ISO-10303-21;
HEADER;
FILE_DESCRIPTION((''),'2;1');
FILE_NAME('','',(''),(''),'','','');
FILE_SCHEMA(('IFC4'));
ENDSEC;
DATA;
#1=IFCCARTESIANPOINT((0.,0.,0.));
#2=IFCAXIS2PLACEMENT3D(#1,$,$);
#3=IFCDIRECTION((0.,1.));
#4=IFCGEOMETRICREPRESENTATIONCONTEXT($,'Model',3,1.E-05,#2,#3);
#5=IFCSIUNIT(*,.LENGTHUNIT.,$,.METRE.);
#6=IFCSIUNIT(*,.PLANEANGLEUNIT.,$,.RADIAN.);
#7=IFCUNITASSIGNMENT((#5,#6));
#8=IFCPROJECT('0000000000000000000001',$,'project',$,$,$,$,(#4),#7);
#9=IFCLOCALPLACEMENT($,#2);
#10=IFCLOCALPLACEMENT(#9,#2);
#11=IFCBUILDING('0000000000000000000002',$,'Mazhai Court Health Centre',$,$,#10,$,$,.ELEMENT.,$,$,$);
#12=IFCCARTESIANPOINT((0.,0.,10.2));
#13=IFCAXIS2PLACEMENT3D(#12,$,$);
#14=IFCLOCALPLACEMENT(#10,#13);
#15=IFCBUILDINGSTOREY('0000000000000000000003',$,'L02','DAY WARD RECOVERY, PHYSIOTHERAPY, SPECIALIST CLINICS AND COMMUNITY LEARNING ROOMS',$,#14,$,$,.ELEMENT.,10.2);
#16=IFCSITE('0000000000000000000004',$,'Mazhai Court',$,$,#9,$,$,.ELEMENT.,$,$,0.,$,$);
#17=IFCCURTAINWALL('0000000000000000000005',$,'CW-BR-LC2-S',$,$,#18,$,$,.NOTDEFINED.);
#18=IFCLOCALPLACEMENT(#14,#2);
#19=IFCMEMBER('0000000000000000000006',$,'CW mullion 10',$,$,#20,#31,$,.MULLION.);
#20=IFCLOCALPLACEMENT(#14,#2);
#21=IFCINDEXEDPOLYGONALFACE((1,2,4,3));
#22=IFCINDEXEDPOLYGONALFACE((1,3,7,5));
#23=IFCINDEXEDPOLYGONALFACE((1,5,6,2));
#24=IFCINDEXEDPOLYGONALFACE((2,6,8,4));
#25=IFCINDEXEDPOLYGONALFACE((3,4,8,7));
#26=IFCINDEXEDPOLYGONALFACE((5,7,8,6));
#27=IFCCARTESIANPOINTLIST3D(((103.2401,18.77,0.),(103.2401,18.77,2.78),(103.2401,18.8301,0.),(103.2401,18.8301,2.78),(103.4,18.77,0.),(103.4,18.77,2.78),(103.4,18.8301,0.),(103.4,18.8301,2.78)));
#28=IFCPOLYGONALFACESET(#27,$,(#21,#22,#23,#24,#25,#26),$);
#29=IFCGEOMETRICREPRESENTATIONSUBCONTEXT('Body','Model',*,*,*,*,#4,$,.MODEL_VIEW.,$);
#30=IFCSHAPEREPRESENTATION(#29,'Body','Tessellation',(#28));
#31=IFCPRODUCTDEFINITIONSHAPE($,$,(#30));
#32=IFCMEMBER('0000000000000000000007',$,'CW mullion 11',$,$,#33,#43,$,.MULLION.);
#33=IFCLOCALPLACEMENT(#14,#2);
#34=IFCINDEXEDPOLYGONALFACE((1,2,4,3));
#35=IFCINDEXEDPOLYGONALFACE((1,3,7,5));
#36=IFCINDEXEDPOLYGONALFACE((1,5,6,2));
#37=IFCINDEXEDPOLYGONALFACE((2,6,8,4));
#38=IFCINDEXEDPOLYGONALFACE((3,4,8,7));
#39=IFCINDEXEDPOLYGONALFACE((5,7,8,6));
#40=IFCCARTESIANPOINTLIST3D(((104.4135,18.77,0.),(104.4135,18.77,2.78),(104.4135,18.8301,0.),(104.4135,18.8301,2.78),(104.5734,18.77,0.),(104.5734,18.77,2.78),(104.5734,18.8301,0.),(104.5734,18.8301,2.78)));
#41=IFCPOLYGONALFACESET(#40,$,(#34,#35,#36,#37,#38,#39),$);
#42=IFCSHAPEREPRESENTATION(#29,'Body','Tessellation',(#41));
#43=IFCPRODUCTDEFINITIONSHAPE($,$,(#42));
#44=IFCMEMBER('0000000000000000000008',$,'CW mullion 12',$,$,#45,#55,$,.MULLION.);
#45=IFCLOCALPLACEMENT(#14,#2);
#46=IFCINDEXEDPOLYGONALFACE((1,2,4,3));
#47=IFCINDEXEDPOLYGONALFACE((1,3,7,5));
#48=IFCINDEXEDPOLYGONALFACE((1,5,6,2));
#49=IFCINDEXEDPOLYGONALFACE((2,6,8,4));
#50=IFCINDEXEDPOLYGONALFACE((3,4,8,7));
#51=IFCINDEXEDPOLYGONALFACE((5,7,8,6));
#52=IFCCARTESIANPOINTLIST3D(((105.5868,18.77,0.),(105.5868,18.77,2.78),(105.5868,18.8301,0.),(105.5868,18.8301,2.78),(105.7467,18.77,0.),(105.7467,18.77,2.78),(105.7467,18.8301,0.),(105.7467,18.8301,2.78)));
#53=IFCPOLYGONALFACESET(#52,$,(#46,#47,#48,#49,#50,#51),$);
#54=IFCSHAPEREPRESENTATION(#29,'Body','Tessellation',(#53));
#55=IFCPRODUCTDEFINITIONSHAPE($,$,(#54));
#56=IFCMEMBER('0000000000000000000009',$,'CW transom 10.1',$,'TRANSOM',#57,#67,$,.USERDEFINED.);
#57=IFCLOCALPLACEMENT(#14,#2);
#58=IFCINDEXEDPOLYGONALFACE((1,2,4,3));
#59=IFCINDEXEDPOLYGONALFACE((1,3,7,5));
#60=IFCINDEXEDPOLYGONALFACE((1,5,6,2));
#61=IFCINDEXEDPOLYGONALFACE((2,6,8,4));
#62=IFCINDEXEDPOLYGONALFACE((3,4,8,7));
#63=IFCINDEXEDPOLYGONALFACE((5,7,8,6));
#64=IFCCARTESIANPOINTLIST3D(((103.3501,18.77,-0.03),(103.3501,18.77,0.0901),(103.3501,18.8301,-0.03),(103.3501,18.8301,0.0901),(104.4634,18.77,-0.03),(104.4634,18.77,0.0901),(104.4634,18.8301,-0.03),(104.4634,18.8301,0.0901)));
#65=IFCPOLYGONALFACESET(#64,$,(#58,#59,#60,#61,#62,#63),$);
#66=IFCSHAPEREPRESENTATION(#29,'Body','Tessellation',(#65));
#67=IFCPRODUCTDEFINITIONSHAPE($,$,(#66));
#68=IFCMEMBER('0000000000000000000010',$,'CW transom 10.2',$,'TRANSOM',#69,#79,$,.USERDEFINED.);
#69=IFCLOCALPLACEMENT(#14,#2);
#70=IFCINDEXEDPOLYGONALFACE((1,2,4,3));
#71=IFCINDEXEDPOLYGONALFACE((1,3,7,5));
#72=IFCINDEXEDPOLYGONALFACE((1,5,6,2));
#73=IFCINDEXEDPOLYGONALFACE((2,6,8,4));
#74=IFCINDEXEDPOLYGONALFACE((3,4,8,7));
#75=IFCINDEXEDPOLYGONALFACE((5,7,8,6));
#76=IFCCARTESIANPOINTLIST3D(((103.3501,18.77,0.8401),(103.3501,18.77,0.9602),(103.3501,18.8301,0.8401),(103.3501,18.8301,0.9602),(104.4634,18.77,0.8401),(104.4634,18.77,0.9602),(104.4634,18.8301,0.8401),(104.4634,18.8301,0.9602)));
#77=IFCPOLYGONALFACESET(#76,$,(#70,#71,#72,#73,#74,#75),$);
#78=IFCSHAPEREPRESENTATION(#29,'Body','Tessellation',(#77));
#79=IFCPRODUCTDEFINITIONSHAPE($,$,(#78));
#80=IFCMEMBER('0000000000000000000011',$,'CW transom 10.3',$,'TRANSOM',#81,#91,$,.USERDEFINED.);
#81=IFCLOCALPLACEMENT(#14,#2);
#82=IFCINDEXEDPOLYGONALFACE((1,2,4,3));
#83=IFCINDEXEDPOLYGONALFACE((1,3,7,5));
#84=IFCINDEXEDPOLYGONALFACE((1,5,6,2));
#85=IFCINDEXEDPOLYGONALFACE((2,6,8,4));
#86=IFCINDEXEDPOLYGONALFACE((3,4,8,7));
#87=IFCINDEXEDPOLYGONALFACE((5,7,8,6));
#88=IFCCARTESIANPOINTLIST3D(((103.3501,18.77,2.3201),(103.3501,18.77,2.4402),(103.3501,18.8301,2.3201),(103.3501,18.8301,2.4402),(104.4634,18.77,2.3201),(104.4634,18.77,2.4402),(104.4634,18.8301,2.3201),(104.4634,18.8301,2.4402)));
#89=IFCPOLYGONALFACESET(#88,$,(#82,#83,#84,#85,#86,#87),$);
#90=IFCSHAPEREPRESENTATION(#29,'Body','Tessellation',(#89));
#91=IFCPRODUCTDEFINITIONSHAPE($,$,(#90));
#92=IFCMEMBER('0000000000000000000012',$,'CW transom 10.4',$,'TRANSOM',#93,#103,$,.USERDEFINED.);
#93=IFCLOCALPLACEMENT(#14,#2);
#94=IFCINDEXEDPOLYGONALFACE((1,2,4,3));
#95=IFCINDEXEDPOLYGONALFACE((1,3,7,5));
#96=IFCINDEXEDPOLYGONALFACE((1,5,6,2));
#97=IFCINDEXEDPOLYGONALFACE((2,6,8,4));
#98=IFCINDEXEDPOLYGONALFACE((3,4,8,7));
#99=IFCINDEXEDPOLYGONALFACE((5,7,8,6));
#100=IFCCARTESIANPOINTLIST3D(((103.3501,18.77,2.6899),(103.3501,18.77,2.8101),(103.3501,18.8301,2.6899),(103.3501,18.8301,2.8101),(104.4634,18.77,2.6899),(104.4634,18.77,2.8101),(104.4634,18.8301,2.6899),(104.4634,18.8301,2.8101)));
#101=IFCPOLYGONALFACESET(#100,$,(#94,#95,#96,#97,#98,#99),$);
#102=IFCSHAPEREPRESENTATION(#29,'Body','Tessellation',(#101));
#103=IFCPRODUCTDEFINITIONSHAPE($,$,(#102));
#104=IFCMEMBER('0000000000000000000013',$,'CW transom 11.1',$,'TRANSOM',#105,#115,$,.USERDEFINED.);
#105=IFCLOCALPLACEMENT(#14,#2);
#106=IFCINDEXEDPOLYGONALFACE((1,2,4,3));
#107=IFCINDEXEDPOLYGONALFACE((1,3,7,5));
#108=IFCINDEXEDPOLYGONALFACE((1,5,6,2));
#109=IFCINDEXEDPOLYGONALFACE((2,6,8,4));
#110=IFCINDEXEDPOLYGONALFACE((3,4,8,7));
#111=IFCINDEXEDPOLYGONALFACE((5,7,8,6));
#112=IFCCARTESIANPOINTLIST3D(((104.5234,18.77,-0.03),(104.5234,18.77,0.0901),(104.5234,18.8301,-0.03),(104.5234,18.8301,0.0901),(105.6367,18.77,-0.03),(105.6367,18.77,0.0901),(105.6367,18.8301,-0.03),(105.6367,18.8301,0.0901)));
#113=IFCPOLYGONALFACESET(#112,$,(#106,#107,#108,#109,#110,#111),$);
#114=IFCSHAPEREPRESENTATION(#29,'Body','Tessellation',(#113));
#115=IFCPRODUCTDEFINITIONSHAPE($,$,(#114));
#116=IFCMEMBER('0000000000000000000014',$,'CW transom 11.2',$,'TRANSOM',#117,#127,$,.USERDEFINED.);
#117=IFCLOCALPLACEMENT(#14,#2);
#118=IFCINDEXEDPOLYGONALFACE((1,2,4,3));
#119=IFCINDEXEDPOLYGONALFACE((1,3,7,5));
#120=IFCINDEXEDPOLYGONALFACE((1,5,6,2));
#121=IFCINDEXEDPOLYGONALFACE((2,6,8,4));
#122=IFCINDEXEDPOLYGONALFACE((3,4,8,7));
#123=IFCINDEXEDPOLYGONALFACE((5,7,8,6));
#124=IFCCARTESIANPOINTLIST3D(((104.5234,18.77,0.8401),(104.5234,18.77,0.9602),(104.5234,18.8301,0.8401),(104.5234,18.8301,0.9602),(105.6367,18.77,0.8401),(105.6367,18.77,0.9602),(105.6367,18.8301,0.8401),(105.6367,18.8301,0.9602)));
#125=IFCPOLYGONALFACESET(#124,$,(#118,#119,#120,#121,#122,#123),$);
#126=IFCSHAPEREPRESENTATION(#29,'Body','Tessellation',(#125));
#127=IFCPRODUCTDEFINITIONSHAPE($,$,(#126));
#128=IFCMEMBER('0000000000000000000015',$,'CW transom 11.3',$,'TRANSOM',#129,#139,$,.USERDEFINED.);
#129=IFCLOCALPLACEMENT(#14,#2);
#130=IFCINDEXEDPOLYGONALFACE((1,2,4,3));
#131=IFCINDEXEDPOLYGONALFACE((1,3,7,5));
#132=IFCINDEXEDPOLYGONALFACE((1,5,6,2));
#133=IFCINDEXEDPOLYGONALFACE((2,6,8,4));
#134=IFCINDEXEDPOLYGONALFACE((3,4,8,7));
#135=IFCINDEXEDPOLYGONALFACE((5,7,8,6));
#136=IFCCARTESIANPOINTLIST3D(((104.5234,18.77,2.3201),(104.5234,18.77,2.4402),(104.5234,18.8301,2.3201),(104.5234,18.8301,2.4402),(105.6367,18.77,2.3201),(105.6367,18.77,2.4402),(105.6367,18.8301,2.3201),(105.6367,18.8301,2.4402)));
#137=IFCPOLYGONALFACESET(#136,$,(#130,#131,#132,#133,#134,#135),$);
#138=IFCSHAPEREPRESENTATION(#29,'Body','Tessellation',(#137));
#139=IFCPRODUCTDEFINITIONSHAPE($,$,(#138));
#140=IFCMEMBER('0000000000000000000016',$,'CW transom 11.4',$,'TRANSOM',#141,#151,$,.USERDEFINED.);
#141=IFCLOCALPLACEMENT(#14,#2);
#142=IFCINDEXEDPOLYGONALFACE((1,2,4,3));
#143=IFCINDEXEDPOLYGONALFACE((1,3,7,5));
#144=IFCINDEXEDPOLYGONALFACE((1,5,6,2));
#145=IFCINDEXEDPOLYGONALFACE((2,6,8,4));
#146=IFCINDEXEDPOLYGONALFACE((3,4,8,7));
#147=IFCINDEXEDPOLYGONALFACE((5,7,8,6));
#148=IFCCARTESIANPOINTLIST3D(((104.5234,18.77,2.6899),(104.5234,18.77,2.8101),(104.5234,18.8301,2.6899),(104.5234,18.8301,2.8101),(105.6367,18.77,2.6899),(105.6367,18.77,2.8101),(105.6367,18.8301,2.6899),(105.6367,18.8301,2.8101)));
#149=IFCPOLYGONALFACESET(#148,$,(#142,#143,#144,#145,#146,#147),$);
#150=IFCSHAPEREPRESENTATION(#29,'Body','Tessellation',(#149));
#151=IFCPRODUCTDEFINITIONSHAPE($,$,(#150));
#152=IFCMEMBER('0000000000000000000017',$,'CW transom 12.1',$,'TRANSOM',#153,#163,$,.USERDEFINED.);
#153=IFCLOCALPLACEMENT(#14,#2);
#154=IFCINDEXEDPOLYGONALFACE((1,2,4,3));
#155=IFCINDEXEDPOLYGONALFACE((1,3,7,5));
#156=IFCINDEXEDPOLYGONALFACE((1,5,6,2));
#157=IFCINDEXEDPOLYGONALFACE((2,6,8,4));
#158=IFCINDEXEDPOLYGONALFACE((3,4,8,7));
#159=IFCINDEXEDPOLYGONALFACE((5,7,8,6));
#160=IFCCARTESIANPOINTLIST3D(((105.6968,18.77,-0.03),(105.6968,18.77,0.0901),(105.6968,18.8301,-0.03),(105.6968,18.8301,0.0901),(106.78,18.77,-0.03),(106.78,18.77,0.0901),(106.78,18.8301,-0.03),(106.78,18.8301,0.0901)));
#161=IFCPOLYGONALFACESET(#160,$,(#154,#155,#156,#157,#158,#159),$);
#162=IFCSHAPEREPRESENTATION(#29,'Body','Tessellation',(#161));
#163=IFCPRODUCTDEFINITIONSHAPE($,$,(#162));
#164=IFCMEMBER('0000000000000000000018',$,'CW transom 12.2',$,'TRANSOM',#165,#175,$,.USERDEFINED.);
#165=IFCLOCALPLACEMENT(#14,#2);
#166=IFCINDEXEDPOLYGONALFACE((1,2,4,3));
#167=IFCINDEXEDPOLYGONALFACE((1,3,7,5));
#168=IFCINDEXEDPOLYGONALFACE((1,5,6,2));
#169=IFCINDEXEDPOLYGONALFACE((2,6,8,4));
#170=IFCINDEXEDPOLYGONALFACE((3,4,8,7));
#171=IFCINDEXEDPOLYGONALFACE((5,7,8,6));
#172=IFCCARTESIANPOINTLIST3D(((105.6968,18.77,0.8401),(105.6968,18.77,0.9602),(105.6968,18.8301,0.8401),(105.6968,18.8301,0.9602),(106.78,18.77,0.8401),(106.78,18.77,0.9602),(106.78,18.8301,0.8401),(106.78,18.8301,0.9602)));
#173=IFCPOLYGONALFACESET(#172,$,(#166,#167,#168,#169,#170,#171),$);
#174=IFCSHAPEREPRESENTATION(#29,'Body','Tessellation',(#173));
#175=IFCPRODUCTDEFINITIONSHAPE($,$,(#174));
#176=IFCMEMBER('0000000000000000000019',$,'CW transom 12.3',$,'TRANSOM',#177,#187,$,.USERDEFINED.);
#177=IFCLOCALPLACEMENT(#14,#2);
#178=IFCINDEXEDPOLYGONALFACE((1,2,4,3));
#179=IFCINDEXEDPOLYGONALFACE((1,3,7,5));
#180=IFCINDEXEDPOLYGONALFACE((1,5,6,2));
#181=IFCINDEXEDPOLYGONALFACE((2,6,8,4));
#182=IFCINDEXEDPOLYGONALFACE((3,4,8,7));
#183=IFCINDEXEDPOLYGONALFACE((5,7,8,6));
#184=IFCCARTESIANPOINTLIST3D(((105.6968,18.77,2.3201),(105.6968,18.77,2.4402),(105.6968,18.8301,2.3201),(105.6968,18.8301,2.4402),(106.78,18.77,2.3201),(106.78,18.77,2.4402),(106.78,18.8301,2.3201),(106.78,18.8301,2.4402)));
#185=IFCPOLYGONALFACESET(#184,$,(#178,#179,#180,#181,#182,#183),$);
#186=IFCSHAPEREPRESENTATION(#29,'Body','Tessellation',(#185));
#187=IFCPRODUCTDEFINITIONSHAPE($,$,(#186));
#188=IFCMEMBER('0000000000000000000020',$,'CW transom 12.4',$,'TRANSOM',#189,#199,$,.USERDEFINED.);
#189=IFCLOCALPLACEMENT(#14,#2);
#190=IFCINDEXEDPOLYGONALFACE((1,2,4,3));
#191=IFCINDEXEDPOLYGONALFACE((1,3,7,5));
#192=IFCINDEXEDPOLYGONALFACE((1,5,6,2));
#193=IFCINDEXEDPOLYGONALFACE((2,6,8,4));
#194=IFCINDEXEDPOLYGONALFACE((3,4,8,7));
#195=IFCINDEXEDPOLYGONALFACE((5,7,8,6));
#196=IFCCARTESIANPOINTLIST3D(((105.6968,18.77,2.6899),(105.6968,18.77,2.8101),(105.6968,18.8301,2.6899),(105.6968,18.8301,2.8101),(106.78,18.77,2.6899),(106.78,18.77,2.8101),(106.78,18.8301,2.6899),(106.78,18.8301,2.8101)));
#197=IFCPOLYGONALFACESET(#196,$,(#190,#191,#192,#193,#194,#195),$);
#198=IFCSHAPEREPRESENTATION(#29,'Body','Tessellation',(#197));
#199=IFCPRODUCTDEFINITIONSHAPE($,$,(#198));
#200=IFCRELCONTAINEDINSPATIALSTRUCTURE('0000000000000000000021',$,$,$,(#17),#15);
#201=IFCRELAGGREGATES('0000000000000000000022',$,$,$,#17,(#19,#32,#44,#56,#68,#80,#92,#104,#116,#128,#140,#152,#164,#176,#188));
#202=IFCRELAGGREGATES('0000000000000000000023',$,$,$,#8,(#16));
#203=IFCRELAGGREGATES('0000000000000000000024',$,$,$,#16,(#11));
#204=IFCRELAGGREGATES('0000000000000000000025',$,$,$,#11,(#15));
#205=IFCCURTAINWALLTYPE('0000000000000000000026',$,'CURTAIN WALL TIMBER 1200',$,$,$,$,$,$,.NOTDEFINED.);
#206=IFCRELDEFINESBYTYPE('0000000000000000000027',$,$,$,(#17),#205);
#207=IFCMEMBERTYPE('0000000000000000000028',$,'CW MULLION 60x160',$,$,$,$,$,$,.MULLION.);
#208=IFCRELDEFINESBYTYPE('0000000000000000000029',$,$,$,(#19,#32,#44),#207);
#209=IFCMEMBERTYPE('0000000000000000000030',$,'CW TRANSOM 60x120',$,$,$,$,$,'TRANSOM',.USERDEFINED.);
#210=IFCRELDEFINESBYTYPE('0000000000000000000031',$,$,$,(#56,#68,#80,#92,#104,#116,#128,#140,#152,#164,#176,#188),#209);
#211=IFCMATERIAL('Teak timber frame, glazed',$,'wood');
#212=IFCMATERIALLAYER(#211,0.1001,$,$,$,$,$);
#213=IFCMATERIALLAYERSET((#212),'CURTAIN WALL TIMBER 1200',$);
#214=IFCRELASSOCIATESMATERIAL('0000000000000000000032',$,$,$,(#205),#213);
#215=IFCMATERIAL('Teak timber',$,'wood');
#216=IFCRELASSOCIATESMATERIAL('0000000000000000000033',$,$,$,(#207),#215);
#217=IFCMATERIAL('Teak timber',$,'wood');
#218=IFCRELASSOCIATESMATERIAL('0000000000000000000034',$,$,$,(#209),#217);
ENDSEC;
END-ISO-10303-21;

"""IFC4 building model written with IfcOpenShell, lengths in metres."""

from ifc_helpers import new_model, si_unit, direction, frame, origin, origin_2d, place, context, subcontext, project, spatial, rectangle, extrude, material, layer, layer_set, material_profile, profile_set, type_object, element, aggregate, save


model = new_model("IFC4")

# Units and contexts
model_context = context("Model", 3, precision=1e-05, world=origin(), true_north=direction((0.0, 1.0)))
body_context = subcontext(model_context, "Body", "Model", "MODEL_VIEW")
ifc_project = project(units=[si_unit("LENGTHUNIT", "METRE"), si_unit("PLANEANGLEUNIT", "RADIAN")], contexts=[model_context])

# Site, building, storey
site_placement = place(None, origin())
site = spatial("IfcSite", under=ifc_project, at=site_placement, Name="Mazhai Court", CompositionType="ELEMENT", RefElevation=0.0)
building_placement = place(site_placement, origin())
building = spatial("IfcBuilding", under=site, at=building_placement, Name="Mazhai Court Health Centre", CompositionType="ELEMENT")
storey_placement = place(building_placement, frame((0.0, 0.0, 10.2)))
storey = spatial("IfcBuildingStorey", under=building, at=storey_placement, Name="L02", Description="DAY WARD RECOVERY, PHYSIOTHERAPY, SPECIALIST CLINICS AND COMMUNITY LEARNING ROOMS", CompositionType="ELEMENT", Elevation=10.2)

# Curtain wall, members
ifc_material_1 = material(Name="Teak timber frame, glazed", Category="wood")
ifc_layer_1 = layer(ifc_material_1, 0.1001)
ifc_layer_set_1 = layer_set([ifc_layer_1], Name="CURTAIN WALL TIMBER 1200")
curtain_wall_type = type_object("IfcCurtainWallType", Name="CURTAIN WALL TIMBER 1200", PredefinedType="NOTDEFINED", material=ifc_layer_set_1)
curtain_wall_placement = place(storey_placement, origin())
curtain_wall = element("IfcCurtainWall", 1, at=curtain_wall_placement, inside=storey, type_object=curtain_wall_type, Name="CW-BR-LC2-S", PredefinedType="NOTDEFINED")
ifc_material_2 = material(Name="Teak timber", Category="wood")
ifc_material_profile_1 = material_profile(ifc_material_2, rectangle(XDim=0.0601, YDim=0.1599, at=origin_2d()), Name="CW MULLION 60x160")
ifc_profile_set_1 = profile_set([ifc_material_profile_1], Name="Teak timber")
member_type_1 = type_object("IfcMemberType", Name="CW MULLION 60x160", PredefinedType="MULLION", material=ifc_profile_set_1)
member_1_placement = place(storey_placement, frame((103.3201, 18.8, 0.0), z_axis=(0.0, 0.0, 1.0), x_axis=(0.0, 1.0, 0.0)))
member_1 = element("IfcMember", 2, at=member_1_placement, type_object=member_type_1, Name="CW mullion 10", PredefinedType="MULLION", context=body_context, shape_type="SweptSolid", body=[
    extrude(rectangle(XDim=0.0601, YDim=0.1599, at=origin_2d()), origin(), (0.0, 0.0, 1.0), 2.78),
])
member_2_placement = place(storey_placement, frame((104.4934, 18.8, 0.0), z_axis=(0.0, 0.0, 1.0), x_axis=(0.0, 1.0, 0.0)))
member_2 = element("IfcMember", 3, at=member_2_placement, type_object=member_type_1, Name="CW mullion 11", PredefinedType="MULLION", context=body_context, shape_type="SweptSolid", body=[
    extrude(rectangle(XDim=0.0601, YDim=0.1599, at=origin_2d()), origin(), (0.0, 0.0, 1.0), 2.78),
])
member_3_placement = place(storey_placement, frame((105.6667, 18.8, 0.0), z_axis=(0.0, 0.0, 1.0), x_axis=(0.0, 1.0, 0.0)))
member_3 = element("IfcMember", 4, at=member_3_placement, type_object=member_type_1, Name="CW mullion 12", PredefinedType="MULLION", context=body_context, shape_type="SweptSolid", body=[
    extrude(rectangle(XDim=0.0601, YDim=0.1599, at=origin_2d()), origin(), (0.0, 0.0, 1.0), 2.78),
])
ifc_material_3 = material(Name="Teak timber", Category="wood")
ifc_material_profile_2 = material_profile(ifc_material_3, rectangle(XDim=0.0601, YDim=0.1201, at=origin_2d()), Name="CW TRANSOM 60x120")
ifc_profile_set_2 = profile_set([ifc_material_profile_2], Name="Teak timber")
member_type_2 = type_object("IfcMemberType", Name="CW TRANSOM 60x120", ElementType="TRANSOM", PredefinedType="USERDEFINED", material=ifc_profile_set_2)
member_4_placement = place(storey_placement, frame((103.3501, 18.8, 0.03), z_axis=(1.0, 0.0, 0.0), x_axis=(0.0, 1.0, 0.0)))
member_4 = element("IfcMember", 5, at=member_4_placement, type_object=member_type_2, Name="CW transom 10.1", ObjectType="TRANSOM", PredefinedType="USERDEFINED", context=body_context, shape_type="SweptSolid", body=[
    extrude(rectangle(XDim=0.0601, YDim=0.1201, at=origin_2d()), origin(), (0.0, 0.0, 1.0), 1.1133),
])
member_5_placement = place(storey_placement, frame((103.3501, 18.8, 0.9001), z_axis=(1.0, 0.0, 0.0), x_axis=(0.0, 1.0, 0.0)))
member_5 = element("IfcMember", 6, at=member_5_placement, type_object=member_type_2, Name="CW transom 10.2", ObjectType="TRANSOM", PredefinedType="USERDEFINED", context=body_context, shape_type="SweptSolid", body=[
    extrude(rectangle(XDim=0.0601, YDim=0.1201, at=origin_2d()), origin(), (0.0, 0.0, 1.0), 1.1133),
])
member_6_placement = place(storey_placement, frame((103.3501, 18.8, 2.3801), z_axis=(1.0, 0.0, 0.0), x_axis=(0.0, 1.0, 0.0)))
member_6 = element("IfcMember", 7, at=member_6_placement, type_object=member_type_2, Name="CW transom 10.3", ObjectType="TRANSOM", PredefinedType="USERDEFINED", context=body_context, shape_type="SweptSolid", body=[
    extrude(rectangle(XDim=0.0601, YDim=0.1201, at=origin_2d()), origin(), (0.0, 0.0, 1.0), 1.1133),
])
member_7_placement = place(storey_placement, frame((103.3501, 18.8, 2.75), z_axis=(1.0, 0.0, 0.0), x_axis=(0.0, 1.0, 0.0)))
member_7 = element("IfcMember", 8, at=member_7_placement, type_object=member_type_2, Name="CW transom 10.4", ObjectType="TRANSOM", PredefinedType="USERDEFINED", context=body_context, shape_type="SweptSolid", body=[
    extrude(rectangle(XDim=0.0601, YDim=0.1201, at=origin_2d()), origin(), (0.0, 0.0, 1.0), 1.1133),
])
member_8_placement = place(storey_placement, frame((104.5234, 18.8, 0.03), z_axis=(1.0, 0.0, 0.0), x_axis=(0.0, 1.0, 0.0)))
member_8 = element("IfcMember", 9, at=member_8_placement, type_object=member_type_2, Name="CW transom 11.1", ObjectType="TRANSOM", PredefinedType="USERDEFINED", context=body_context, shape_type="SweptSolid", body=[
    extrude(rectangle(XDim=0.0601, YDim=0.1201, at=origin_2d()), origin(), (0.0, 0.0, 1.0), 1.1133),
])
member_9_placement = place(storey_placement, frame((104.5234, 18.8, 0.9001), z_axis=(1.0, 0.0, 0.0), x_axis=(0.0, 1.0, 0.0)))
member_9 = element("IfcMember", 10, at=member_9_placement, type_object=member_type_2, Name="CW transom 11.2", ObjectType="TRANSOM", PredefinedType="USERDEFINED", context=body_context, shape_type="SweptSolid", body=[
    extrude(rectangle(XDim=0.0601, YDim=0.1201, at=origin_2d()), origin(), (0.0, 0.0, 1.0), 1.1133),
])
member_10_placement = place(storey_placement, frame((104.5234, 18.8, 2.3801), z_axis=(1.0, 0.0, 0.0), x_axis=(0.0, 1.0, 0.0)))
member_10 = element("IfcMember", 11, at=member_10_placement, type_object=member_type_2, Name="CW transom 11.3", ObjectType="TRANSOM", PredefinedType="USERDEFINED", context=body_context, shape_type="SweptSolid", body=[
    extrude(rectangle(XDim=0.0601, YDim=0.1201, at=origin_2d()), origin(), (0.0, 0.0, 1.0), 1.1133),
])
member_11_placement = place(storey_placement, frame((104.5234, 18.8, 2.75), z_axis=(1.0, 0.0, 0.0), x_axis=(0.0, 1.0, 0.0)))
member_11 = element("IfcMember", 12, at=member_11_placement, type_object=member_type_2, Name="CW transom 11.4", ObjectType="TRANSOM", PredefinedType="USERDEFINED", context=body_context, shape_type="SweptSolid", body=[
    extrude(rectangle(XDim=0.0601, YDim=0.1201, at=origin_2d()), origin(), (0.0, 0.0, 1.0), 1.1133),
])
member_12_placement = place(storey_placement, frame((105.6968, 18.8, 0.03), z_axis=(1.0, 0.0, 0.0), x_axis=(0.0, 1.0, 0.0)))
member_12 = element("IfcMember", 13, at=member_12_placement, type_object=member_type_2, Name="CW transom 12.1", ObjectType="TRANSOM", PredefinedType="USERDEFINED", context=body_context, shape_type="SweptSolid", body=[
    extrude(rectangle(XDim=0.0601, YDim=0.1201, at=origin_2d()), origin(), (0.0, 0.0, 1.0), 1.0833),
])
member_13_placement = place(storey_placement, frame((105.6968, 18.8, 0.9001), z_axis=(1.0, 0.0, 0.0), x_axis=(0.0, 1.0, 0.0)))
member_13 = element("IfcMember", 14, at=member_13_placement, type_object=member_type_2, Name="CW transom 12.2", ObjectType="TRANSOM", PredefinedType="USERDEFINED", context=body_context, shape_type="SweptSolid", body=[
    extrude(rectangle(XDim=0.0601, YDim=0.1201, at=origin_2d()), origin(), (0.0, 0.0, 1.0), 1.0833),
])
member_14_placement = place(storey_placement, frame((105.6968, 18.8, 2.3801), z_axis=(1.0, 0.0, 0.0), x_axis=(0.0, 1.0, 0.0)))
member_14 = element("IfcMember", 15, at=member_14_placement, type_object=member_type_2, Name="CW transom 12.3", ObjectType="TRANSOM", PredefinedType="USERDEFINED", context=body_context, shape_type="SweptSolid", body=[
    extrude(rectangle(XDim=0.0601, YDim=0.1201, at=origin_2d()), origin(), (0.0, 0.0, 1.0), 1.0833),
])
member_15_placement = place(storey_placement, frame((105.6968, 18.8, 2.75), z_axis=(1.0, 0.0, 0.0), x_axis=(0.0, 1.0, 0.0)))
member_15 = element("IfcMember", 16, at=member_15_placement, type_object=member_type_2, Name="CW transom 12.4", ObjectType="TRANSOM", PredefinedType="USERDEFINED", context=body_context, shape_type="SweptSolid", body=[
    extrude(rectangle(XDim=0.0601, YDim=0.1201, at=origin_2d()), origin(), (0.0, 0.0, 1.0), 1.0833),
])
aggregate(curtain_wall, [member_1, member_2, member_3, member_4, member_5, member_6, member_7, member_8, member_9, member_10, member_11, member_12, member_13, member_14, member_15])

save(model, "model.ifc")
